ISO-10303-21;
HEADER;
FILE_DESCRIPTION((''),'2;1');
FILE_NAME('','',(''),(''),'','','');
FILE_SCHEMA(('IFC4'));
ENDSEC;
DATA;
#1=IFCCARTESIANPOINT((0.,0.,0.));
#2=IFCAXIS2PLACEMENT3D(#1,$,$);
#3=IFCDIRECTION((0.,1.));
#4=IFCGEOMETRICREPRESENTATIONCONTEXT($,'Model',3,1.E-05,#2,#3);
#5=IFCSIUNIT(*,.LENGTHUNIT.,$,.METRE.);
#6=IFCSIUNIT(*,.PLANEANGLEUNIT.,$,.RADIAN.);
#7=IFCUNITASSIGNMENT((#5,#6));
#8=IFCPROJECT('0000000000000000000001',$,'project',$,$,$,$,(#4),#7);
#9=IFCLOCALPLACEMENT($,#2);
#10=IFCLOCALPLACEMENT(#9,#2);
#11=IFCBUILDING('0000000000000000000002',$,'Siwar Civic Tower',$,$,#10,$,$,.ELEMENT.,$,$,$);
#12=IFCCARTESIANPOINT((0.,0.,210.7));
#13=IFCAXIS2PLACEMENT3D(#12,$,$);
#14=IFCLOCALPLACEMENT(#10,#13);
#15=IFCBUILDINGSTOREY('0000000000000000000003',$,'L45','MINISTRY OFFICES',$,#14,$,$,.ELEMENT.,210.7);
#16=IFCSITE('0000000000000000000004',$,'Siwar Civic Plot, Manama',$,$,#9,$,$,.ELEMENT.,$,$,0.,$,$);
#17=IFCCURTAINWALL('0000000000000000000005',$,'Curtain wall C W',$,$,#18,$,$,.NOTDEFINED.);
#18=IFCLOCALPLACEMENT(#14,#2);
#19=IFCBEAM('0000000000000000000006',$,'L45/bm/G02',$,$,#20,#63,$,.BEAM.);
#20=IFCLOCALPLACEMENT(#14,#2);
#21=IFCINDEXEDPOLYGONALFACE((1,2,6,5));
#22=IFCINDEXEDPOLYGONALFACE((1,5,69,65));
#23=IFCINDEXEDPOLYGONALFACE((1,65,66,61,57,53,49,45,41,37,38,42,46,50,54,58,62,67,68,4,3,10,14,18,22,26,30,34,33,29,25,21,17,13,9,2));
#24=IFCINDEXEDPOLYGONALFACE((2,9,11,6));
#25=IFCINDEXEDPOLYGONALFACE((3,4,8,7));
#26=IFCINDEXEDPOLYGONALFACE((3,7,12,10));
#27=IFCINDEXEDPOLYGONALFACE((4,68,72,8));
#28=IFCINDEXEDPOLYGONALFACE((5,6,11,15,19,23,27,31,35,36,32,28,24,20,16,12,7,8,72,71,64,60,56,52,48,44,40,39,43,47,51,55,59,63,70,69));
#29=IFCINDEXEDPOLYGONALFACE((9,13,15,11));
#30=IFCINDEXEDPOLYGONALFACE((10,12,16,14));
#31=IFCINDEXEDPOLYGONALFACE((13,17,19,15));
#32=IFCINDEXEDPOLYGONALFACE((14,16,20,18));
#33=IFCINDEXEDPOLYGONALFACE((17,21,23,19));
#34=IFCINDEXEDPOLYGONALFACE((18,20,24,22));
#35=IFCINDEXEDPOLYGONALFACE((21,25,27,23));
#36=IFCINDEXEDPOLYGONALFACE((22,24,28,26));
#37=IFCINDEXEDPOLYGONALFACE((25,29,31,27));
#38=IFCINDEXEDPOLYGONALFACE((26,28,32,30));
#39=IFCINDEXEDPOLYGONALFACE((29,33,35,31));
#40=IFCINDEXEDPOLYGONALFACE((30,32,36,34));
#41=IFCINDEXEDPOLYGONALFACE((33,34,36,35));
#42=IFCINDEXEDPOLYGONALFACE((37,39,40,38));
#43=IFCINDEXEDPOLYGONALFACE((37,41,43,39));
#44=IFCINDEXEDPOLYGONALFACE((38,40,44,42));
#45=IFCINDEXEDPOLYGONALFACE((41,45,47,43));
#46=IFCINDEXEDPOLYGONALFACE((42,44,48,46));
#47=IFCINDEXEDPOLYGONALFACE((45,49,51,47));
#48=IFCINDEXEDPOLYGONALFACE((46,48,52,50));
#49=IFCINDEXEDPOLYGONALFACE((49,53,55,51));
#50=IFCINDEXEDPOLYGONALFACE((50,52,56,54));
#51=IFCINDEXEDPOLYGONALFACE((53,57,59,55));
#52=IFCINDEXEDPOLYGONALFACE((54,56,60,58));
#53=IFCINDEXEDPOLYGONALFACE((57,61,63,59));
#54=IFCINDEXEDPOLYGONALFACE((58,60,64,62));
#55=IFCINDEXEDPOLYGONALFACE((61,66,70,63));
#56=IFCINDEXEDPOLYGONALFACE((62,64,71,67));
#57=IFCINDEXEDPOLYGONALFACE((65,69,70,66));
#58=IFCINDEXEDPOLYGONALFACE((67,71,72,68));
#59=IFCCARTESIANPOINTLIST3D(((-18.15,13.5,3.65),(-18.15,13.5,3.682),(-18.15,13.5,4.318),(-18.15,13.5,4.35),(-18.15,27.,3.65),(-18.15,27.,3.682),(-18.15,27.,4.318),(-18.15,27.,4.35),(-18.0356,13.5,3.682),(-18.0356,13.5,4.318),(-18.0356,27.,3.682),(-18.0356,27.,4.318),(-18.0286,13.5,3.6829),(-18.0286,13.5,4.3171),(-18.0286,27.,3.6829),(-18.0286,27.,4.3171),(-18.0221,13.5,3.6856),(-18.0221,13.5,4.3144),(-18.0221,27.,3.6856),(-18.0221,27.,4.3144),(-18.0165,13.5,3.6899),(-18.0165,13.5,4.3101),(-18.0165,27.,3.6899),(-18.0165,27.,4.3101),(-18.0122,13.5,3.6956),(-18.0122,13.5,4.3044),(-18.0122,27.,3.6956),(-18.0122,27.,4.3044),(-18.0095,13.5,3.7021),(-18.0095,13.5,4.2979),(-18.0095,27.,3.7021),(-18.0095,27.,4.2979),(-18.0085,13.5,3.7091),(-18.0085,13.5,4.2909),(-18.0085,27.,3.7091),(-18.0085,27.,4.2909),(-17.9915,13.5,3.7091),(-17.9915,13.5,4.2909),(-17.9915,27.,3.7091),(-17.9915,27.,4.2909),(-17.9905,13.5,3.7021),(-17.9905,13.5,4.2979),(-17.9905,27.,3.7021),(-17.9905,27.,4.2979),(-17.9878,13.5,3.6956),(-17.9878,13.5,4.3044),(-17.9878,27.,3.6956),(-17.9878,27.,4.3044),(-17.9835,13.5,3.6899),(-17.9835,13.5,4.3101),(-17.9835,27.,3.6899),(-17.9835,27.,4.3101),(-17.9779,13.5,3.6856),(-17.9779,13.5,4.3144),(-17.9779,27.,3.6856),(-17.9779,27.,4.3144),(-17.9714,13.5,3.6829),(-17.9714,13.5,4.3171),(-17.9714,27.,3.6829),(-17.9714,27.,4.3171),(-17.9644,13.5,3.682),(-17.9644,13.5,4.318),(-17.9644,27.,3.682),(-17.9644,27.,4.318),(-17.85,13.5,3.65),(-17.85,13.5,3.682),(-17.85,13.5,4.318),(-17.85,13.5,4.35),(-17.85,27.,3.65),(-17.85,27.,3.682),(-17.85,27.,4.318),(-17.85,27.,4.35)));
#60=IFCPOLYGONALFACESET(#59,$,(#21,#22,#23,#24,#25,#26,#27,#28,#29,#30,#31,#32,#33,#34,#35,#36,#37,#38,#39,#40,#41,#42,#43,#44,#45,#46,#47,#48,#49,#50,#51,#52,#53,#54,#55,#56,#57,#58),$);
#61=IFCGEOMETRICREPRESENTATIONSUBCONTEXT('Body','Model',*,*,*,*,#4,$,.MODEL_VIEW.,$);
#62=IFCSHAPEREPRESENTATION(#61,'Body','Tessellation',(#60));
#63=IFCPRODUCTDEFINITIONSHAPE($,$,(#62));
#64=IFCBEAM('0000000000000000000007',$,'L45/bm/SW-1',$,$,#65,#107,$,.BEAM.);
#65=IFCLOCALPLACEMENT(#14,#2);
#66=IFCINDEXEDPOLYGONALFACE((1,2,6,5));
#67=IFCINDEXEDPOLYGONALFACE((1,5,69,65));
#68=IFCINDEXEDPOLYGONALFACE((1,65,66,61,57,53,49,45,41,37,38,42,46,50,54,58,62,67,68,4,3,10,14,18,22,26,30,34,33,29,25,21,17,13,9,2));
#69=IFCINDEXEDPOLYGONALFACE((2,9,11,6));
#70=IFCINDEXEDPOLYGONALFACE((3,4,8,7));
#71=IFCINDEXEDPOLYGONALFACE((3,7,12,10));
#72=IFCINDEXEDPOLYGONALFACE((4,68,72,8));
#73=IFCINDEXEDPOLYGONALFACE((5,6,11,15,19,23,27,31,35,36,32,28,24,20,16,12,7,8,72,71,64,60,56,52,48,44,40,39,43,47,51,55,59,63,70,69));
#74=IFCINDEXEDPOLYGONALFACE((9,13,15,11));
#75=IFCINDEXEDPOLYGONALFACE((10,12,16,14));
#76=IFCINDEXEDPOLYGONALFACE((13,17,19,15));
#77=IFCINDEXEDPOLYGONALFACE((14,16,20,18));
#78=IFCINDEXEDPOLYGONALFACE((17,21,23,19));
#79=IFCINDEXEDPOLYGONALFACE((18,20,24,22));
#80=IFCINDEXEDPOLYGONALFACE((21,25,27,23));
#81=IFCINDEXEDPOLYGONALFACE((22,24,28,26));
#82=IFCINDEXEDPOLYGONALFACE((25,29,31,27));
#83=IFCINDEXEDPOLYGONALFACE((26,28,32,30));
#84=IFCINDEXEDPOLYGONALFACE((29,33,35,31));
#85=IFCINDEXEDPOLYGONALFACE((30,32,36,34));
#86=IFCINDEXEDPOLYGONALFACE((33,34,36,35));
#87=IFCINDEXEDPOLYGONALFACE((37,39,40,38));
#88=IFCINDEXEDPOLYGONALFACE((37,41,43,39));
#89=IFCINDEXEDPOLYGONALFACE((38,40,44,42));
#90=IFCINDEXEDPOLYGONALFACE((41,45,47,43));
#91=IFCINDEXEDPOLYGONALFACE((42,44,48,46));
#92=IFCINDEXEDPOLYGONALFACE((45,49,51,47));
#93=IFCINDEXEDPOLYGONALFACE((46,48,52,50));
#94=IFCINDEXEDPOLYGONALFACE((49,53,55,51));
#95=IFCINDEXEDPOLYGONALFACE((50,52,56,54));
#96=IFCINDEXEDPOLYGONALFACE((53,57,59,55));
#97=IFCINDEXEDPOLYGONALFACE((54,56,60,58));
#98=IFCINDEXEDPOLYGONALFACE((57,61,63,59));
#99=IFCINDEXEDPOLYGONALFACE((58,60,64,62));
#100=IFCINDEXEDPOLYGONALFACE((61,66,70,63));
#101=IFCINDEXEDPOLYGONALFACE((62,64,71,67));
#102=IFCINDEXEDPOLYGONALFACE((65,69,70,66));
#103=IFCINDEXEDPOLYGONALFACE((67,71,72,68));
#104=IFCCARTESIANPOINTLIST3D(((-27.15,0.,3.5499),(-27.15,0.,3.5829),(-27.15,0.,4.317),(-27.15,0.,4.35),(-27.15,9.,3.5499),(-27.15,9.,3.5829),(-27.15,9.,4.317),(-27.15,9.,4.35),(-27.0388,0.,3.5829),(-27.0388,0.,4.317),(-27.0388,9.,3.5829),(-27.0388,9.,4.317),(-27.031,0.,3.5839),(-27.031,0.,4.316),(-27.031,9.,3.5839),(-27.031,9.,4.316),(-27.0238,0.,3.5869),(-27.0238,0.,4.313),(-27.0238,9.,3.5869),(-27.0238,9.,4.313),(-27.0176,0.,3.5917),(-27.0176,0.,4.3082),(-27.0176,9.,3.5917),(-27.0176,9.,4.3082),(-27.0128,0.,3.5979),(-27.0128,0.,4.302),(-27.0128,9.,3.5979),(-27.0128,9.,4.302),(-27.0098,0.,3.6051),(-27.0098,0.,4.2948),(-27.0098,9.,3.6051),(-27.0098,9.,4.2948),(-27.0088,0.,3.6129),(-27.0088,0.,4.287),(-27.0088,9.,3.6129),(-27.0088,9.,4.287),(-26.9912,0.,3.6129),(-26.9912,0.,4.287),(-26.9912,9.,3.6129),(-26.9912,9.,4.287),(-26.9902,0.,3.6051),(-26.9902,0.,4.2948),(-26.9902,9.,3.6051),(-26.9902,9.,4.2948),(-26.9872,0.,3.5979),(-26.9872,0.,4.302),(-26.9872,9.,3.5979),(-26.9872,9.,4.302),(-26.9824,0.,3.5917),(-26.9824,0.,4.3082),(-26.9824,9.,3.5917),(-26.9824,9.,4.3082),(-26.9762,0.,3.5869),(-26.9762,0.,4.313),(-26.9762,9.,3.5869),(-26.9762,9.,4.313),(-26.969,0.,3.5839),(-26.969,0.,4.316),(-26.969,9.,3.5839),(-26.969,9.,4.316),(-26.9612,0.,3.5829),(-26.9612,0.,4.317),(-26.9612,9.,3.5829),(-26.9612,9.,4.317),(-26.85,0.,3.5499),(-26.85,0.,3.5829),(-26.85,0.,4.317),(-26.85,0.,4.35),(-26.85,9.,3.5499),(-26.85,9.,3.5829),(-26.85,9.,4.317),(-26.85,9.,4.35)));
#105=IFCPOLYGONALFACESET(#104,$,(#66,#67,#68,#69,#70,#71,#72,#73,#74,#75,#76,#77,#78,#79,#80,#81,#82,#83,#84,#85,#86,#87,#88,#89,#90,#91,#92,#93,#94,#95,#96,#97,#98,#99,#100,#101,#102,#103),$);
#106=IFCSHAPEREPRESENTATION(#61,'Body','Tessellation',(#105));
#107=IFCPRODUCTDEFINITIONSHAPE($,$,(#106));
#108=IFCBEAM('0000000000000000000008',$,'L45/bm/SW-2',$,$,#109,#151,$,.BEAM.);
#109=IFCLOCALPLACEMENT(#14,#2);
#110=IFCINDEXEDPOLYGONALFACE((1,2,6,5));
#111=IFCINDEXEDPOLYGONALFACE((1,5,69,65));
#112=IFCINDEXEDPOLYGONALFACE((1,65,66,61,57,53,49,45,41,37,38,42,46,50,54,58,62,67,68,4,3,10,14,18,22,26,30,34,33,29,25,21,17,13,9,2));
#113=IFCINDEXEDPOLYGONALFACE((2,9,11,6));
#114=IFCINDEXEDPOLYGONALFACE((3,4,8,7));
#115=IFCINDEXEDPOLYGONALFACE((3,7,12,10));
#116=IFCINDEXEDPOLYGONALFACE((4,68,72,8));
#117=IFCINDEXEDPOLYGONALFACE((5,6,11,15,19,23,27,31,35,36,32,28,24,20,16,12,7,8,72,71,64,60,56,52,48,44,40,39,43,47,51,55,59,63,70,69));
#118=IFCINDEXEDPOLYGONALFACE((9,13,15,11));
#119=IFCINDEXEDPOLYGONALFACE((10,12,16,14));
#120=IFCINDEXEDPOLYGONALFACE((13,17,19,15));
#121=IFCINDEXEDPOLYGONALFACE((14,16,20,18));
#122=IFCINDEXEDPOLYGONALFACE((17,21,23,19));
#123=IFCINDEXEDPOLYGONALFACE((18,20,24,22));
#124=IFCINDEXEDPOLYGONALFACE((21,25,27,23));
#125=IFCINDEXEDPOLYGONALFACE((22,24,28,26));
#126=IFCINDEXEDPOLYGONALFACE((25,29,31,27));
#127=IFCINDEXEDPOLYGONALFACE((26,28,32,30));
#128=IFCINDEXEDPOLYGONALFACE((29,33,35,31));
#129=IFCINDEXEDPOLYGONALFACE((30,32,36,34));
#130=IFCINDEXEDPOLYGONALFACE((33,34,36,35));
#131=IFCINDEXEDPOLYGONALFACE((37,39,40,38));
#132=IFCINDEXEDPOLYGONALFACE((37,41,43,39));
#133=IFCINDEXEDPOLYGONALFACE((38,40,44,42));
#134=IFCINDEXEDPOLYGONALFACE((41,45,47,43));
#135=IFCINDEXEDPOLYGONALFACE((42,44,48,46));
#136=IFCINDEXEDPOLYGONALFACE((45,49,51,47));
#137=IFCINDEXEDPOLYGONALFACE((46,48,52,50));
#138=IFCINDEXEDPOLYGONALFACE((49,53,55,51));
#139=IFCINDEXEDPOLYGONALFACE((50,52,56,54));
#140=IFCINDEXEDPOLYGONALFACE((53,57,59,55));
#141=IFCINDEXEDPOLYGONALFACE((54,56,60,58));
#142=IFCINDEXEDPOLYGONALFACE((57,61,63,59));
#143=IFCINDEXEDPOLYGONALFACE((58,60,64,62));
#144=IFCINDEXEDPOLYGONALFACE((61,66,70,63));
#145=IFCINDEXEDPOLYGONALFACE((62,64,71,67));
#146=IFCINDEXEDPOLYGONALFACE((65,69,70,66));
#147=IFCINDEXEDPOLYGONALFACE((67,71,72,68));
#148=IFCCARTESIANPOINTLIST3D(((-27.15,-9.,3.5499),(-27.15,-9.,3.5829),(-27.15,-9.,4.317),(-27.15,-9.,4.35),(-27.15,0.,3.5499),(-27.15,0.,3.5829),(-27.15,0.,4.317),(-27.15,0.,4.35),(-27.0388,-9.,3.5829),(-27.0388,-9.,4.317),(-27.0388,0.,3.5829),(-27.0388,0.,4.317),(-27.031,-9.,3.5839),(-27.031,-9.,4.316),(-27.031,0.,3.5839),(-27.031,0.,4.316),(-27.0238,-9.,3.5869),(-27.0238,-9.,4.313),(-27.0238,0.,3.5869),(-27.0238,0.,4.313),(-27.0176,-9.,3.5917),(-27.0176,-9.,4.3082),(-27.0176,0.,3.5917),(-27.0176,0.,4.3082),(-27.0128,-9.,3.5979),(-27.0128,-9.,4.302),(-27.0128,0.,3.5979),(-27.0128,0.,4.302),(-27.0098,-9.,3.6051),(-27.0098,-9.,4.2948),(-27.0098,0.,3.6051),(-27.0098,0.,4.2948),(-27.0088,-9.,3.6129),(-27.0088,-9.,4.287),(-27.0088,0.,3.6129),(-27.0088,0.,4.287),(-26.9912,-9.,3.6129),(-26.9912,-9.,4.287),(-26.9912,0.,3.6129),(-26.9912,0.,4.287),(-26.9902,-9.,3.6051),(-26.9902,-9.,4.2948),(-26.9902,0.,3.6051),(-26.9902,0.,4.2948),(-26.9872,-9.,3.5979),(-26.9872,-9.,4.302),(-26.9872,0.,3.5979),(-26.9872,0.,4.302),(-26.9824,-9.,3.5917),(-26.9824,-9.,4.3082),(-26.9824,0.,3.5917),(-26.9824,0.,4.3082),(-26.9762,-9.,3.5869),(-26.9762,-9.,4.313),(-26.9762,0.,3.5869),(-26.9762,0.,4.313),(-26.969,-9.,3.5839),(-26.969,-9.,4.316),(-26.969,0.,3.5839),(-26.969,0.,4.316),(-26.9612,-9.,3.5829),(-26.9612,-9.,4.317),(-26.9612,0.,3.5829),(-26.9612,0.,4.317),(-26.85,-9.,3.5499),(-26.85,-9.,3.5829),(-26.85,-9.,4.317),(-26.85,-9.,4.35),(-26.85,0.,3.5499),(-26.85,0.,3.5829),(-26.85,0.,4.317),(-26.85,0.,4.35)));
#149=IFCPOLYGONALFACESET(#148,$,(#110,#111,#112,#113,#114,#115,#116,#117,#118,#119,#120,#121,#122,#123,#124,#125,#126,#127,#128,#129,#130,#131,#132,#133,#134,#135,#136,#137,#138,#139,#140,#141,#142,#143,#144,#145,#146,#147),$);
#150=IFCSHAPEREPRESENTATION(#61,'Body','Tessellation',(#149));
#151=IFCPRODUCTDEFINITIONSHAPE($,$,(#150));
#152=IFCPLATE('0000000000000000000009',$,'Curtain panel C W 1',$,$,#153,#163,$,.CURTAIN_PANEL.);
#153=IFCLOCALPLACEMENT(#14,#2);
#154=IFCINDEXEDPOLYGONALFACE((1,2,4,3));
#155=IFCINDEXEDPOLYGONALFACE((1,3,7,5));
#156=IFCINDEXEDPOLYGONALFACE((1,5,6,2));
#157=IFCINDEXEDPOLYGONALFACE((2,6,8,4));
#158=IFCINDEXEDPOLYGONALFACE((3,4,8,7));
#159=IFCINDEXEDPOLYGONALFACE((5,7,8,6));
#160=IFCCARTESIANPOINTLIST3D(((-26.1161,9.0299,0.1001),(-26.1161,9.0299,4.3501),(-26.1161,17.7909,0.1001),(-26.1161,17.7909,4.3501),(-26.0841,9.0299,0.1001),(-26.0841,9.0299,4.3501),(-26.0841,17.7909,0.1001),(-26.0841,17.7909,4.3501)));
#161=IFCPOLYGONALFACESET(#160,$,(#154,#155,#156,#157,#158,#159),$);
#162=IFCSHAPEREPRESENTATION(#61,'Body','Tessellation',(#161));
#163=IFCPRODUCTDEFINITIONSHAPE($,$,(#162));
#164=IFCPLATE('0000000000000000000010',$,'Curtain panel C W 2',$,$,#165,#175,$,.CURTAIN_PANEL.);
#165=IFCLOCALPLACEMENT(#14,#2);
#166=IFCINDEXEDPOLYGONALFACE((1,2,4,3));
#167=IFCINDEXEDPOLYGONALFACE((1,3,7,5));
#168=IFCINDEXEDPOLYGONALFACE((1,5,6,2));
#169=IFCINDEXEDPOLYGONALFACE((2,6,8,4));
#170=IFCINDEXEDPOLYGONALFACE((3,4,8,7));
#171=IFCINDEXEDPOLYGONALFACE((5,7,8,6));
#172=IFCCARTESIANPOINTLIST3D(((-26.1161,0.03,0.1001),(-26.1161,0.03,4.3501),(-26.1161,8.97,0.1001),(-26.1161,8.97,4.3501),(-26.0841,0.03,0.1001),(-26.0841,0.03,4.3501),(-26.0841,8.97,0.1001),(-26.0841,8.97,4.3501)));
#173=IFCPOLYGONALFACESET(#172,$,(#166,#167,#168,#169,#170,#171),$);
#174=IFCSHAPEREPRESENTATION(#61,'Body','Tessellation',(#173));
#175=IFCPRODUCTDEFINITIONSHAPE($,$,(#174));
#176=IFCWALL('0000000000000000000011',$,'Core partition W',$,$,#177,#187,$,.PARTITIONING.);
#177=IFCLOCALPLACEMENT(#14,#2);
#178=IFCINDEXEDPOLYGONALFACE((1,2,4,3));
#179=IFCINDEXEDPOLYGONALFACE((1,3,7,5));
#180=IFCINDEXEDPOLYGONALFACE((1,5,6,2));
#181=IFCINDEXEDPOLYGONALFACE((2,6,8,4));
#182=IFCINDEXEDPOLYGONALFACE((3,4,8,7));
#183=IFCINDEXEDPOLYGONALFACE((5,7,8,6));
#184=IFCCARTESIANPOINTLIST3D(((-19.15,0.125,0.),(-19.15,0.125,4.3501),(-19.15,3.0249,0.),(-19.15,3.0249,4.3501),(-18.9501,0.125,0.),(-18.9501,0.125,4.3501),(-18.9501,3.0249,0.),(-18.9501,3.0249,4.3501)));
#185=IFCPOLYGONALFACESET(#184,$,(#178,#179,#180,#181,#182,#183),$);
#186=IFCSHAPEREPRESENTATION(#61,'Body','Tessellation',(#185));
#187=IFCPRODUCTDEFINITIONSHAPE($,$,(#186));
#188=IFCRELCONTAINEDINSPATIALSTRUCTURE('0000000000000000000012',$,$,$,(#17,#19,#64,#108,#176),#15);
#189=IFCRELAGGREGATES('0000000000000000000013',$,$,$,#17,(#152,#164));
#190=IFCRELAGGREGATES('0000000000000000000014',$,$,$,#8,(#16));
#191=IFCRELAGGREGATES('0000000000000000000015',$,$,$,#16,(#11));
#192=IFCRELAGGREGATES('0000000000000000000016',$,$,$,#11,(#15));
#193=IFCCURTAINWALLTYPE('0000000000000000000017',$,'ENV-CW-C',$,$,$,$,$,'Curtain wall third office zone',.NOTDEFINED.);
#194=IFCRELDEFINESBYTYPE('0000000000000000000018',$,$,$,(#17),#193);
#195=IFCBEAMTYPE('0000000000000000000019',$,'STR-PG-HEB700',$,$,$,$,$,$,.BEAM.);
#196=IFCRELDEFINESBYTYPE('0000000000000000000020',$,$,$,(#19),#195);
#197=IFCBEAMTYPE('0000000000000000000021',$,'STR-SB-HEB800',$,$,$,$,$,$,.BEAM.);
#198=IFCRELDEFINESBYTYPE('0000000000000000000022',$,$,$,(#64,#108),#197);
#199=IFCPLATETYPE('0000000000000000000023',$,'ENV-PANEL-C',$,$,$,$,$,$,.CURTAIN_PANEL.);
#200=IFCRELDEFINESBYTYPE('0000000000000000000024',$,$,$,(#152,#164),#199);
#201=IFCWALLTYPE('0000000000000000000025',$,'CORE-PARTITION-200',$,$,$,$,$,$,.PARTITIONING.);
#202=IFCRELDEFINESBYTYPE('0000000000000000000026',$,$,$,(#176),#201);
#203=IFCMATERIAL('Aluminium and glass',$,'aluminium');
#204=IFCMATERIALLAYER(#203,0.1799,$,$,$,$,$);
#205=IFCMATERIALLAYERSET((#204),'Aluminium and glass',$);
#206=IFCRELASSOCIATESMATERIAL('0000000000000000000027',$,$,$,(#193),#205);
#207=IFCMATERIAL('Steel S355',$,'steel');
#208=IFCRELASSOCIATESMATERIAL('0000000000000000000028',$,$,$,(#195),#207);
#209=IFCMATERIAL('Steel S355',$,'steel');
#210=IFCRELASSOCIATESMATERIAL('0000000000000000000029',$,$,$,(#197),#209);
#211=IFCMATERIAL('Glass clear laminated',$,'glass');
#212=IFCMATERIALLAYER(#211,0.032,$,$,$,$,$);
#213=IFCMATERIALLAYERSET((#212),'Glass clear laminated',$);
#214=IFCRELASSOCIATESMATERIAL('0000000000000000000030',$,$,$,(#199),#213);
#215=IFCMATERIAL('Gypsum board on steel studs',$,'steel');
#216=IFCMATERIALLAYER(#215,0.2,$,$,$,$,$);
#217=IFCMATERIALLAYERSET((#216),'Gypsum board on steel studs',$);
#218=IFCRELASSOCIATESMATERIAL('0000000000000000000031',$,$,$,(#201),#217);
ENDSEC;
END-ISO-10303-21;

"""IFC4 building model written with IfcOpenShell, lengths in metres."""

from ifc_helpers import new_model, si_unit, direction, frame, frame_2d, origin, origin_2d, place, context, subcontext, project, spatial, rectangle, i_section, extrude, material, layer, layer_set, material_profile, profile_set, type_object, element, aggregate, save


model = new_model("IFC4")

# Units and contexts
model_context = context("Model", 3, precision=1e-05, world=origin(), true_north=direction((0.0, 1.0)))
body_context = subcontext(model_context, "Body", "Model", "MODEL_VIEW")
ifc_project = project(units=[si_unit("LENGTHUNIT", "METRE"), si_unit("PLANEANGLEUNIT", "RADIAN")], contexts=[model_context])

# Site, building, storey
site_placement = place(None, origin())
site = spatial("IfcSite", under=ifc_project, at=site_placement, Name="Siwar Civic Plot, Manama", CompositionType="ELEMENT", RefElevation=0.0)
building_placement = place(site_placement, origin())
building = spatial("IfcBuilding", under=site, at=building_placement, Name="Siwar Civic Tower", CompositionType="ELEMENT")
storey_placement = place(building_placement, frame((0.0, 0.0, 210.7)))
storey = spatial("IfcBuildingStorey", under=building, at=storey_placement, Name="L45", Description="MINISTRY OFFICES", CompositionType="ELEMENT", Elevation=210.7)

# Curtain wall
ifc_material_1 = material(Name="Aluminium and glass", Category="aluminium")
ifc_layer_1 = layer(ifc_material_1, 0.1799)
ifc_layer_set_1 = layer_set([ifc_layer_1], Name="Aluminium and glass")
curtain_wall_type = type_object("IfcCurtainWallType", Name="ENV-CW-C", ElementType="Curtain wall third office zone", PredefinedType="NOTDEFINED", material=ifc_layer_set_1)
curtain_wall_placement = place(storey_placement, origin())
curtain_wall = element("IfcCurtainWall", 1, at=curtain_wall_placement, inside=storey, type_object=curtain_wall_type, Name="Curtain wall C W", PredefinedType="NOTDEFINED")

# Beams
ifc_material_2 = material(Name="Steel S355", Category="steel")
ifc_material_profile_1 = material_profile(ifc_material_2, i_section(OverallWidth=0.3, OverallDepth=0.7, WebThickness=0.0171, FlangeThickness=0.032, FilletRadius=0.0271, at=origin_2d()), Name="HEB700")
ifc_profile_set_1 = profile_set([ifc_material_profile_1], Name="Steel S355")
beam_type_1 = type_object("IfcBeamType", Name="STR-PG-HEB700", PredefinedType="BEAM", material=ifc_profile_set_1)
beam_placement = place(storey_placement, frame((-18.0, 13.5, 4.0), z_axis=(0.0, 1.0, 0.0), x_axis=(-1.0, 0.0, 0.0)))
element("IfcBeam", 2, at=beam_placement, inside=storey, type_object=beam_type_1, Name="L45/bm/G02", PredefinedType="BEAM", context=body_context, shape_type="SweptSolid", body=[
    extrude(i_section(OverallWidth=0.3, OverallDepth=0.7, WebThickness=0.0171, FlangeThickness=0.032, FilletRadius=0.0271, at=origin_2d()), origin(), (0.0, 0.0, 1.0), 13.5),
])
ifc_material_3 = material(Name="Steel S355", Category="steel")
ifc_material_profile_2 = material_profile(ifc_material_3, i_section(OverallWidth=0.3, OverallDepth=0.8, WebThickness=0.0176, FlangeThickness=0.033, FilletRadius=0.03, at=origin_2d()), Name="HEB800")
ifc_profile_set_2 = profile_set([ifc_material_profile_2], Name="Steel S355")
beam_type_2 = type_object("IfcBeamType", Name="STR-SB-HEB800", PredefinedType="BEAM", material=ifc_profile_set_2)
for number, where, z_axis, x_axis, name in (
    (3, (-27.0, 9.0, 3.95), (0.0, -1.0, 0.0), (1.0, 0.0, 0.0), "L45/bm/SW-1"),
    (4, (-27.0, 0.0, 3.95), (0.0, -1.0, 0.0), (1.0, 0.0, 0.0), "L45/bm/SW-2"),
):
    element("IfcBeam", number, at=place(storey_placement, frame(where, z_axis=z_axis, x_axis=x_axis)), inside=storey, type_object=beam_type_2, Name=name, PredefinedType="BEAM", context=body_context, shape_type="SweptSolid", body=[
        extrude(i_section(OverallWidth=0.3, OverallDepth=0.8, WebThickness=0.0176, FlangeThickness=0.033, FilletRadius=0.03, at=origin_2d()), origin(), (0.0, 0.0, 1.0), 9.0),
    ])

# Plates
ifc_material_4 = material(Name="Glass clear laminated", Category="glass")
ifc_layer_2 = layer(ifc_material_4, 0.032)
ifc_layer_set_2 = layer_set([ifc_layer_2], Name="Glass clear laminated")
plate_type = type_object("IfcPlateType", Name="ENV-PANEL-C", PredefinedType="CURTAIN_PANEL", material=ifc_layer_set_2)
plate_1_placement = place(storey_placement, frame((-26.1001, 13.4104, 0.1001), z_axis=(0.0, 0.0, 1.0), x_axis=(0.0, -1.0, 0.0)))
plate_1 = element("IfcPlate", 5, at=plate_1_placement, type_object=plate_type, Name="Curtain panel C W 1", PredefinedType="CURTAIN_PANEL", context=body_context, shape_type="SweptSolid", body=[
    extrude(rectangle(XDim=8.761, YDim=0.032, at=origin_2d()), origin(), (0.0, 0.0, 1.0), 4.25),
])
plate_2_placement = place(storey_placement, frame((-26.1001, 4.5, 0.1001), z_axis=(0.0, 0.0, 1.0), x_axis=(0.0, -1.0, 0.0)))
plate_2 = element("IfcPlate", 6, at=plate_2_placement, type_object=plate_type, Name="Curtain panel C W 2", PredefinedType="CURTAIN_PANEL", context=body_context, shape_type="SweptSolid", body=[
    extrude(rectangle(XDim=8.9399, YDim=0.032, at=origin_2d()), origin(), (0.0, 0.0, 1.0), 4.25),
])
aggregate(curtain_wall, [plate_1, plate_2])

# Wall
ifc_material_5 = material(Name="Gypsum board on steel studs", Category="steel")
ifc_layer_3 = layer(ifc_material_5, 0.2)
ifc_layer_set_3 = layer_set([ifc_layer_3], Name="Gypsum board on steel studs")
wall_type_1 = type_object("IfcWallType", Name="CORE-PARTITION-200", PredefinedType="PARTITIONING", material=ifc_layer_set_3)
wall_1_placement = place(storey_placement, frame((-19.05, 0.125, 0.0), z_axis=(0.0, 0.0, 1.0), x_axis=(0.0, 1.0, 0.0)))
element("IfcWall", 7, at=wall_1_placement, inside=storey, type_object=wall_type_1, Name="Core partition W", PredefinedType="PARTITIONING", context=body_context, shape_type="SweptSolid", body=[
    extrude(rectangle(XDim=2.8999, YDim=0.2, at=frame_2d((1.45, 0.0))), origin(), (0.0, 0.0, 1.0), 4.3501),
])

save(model, "model.ifc")
